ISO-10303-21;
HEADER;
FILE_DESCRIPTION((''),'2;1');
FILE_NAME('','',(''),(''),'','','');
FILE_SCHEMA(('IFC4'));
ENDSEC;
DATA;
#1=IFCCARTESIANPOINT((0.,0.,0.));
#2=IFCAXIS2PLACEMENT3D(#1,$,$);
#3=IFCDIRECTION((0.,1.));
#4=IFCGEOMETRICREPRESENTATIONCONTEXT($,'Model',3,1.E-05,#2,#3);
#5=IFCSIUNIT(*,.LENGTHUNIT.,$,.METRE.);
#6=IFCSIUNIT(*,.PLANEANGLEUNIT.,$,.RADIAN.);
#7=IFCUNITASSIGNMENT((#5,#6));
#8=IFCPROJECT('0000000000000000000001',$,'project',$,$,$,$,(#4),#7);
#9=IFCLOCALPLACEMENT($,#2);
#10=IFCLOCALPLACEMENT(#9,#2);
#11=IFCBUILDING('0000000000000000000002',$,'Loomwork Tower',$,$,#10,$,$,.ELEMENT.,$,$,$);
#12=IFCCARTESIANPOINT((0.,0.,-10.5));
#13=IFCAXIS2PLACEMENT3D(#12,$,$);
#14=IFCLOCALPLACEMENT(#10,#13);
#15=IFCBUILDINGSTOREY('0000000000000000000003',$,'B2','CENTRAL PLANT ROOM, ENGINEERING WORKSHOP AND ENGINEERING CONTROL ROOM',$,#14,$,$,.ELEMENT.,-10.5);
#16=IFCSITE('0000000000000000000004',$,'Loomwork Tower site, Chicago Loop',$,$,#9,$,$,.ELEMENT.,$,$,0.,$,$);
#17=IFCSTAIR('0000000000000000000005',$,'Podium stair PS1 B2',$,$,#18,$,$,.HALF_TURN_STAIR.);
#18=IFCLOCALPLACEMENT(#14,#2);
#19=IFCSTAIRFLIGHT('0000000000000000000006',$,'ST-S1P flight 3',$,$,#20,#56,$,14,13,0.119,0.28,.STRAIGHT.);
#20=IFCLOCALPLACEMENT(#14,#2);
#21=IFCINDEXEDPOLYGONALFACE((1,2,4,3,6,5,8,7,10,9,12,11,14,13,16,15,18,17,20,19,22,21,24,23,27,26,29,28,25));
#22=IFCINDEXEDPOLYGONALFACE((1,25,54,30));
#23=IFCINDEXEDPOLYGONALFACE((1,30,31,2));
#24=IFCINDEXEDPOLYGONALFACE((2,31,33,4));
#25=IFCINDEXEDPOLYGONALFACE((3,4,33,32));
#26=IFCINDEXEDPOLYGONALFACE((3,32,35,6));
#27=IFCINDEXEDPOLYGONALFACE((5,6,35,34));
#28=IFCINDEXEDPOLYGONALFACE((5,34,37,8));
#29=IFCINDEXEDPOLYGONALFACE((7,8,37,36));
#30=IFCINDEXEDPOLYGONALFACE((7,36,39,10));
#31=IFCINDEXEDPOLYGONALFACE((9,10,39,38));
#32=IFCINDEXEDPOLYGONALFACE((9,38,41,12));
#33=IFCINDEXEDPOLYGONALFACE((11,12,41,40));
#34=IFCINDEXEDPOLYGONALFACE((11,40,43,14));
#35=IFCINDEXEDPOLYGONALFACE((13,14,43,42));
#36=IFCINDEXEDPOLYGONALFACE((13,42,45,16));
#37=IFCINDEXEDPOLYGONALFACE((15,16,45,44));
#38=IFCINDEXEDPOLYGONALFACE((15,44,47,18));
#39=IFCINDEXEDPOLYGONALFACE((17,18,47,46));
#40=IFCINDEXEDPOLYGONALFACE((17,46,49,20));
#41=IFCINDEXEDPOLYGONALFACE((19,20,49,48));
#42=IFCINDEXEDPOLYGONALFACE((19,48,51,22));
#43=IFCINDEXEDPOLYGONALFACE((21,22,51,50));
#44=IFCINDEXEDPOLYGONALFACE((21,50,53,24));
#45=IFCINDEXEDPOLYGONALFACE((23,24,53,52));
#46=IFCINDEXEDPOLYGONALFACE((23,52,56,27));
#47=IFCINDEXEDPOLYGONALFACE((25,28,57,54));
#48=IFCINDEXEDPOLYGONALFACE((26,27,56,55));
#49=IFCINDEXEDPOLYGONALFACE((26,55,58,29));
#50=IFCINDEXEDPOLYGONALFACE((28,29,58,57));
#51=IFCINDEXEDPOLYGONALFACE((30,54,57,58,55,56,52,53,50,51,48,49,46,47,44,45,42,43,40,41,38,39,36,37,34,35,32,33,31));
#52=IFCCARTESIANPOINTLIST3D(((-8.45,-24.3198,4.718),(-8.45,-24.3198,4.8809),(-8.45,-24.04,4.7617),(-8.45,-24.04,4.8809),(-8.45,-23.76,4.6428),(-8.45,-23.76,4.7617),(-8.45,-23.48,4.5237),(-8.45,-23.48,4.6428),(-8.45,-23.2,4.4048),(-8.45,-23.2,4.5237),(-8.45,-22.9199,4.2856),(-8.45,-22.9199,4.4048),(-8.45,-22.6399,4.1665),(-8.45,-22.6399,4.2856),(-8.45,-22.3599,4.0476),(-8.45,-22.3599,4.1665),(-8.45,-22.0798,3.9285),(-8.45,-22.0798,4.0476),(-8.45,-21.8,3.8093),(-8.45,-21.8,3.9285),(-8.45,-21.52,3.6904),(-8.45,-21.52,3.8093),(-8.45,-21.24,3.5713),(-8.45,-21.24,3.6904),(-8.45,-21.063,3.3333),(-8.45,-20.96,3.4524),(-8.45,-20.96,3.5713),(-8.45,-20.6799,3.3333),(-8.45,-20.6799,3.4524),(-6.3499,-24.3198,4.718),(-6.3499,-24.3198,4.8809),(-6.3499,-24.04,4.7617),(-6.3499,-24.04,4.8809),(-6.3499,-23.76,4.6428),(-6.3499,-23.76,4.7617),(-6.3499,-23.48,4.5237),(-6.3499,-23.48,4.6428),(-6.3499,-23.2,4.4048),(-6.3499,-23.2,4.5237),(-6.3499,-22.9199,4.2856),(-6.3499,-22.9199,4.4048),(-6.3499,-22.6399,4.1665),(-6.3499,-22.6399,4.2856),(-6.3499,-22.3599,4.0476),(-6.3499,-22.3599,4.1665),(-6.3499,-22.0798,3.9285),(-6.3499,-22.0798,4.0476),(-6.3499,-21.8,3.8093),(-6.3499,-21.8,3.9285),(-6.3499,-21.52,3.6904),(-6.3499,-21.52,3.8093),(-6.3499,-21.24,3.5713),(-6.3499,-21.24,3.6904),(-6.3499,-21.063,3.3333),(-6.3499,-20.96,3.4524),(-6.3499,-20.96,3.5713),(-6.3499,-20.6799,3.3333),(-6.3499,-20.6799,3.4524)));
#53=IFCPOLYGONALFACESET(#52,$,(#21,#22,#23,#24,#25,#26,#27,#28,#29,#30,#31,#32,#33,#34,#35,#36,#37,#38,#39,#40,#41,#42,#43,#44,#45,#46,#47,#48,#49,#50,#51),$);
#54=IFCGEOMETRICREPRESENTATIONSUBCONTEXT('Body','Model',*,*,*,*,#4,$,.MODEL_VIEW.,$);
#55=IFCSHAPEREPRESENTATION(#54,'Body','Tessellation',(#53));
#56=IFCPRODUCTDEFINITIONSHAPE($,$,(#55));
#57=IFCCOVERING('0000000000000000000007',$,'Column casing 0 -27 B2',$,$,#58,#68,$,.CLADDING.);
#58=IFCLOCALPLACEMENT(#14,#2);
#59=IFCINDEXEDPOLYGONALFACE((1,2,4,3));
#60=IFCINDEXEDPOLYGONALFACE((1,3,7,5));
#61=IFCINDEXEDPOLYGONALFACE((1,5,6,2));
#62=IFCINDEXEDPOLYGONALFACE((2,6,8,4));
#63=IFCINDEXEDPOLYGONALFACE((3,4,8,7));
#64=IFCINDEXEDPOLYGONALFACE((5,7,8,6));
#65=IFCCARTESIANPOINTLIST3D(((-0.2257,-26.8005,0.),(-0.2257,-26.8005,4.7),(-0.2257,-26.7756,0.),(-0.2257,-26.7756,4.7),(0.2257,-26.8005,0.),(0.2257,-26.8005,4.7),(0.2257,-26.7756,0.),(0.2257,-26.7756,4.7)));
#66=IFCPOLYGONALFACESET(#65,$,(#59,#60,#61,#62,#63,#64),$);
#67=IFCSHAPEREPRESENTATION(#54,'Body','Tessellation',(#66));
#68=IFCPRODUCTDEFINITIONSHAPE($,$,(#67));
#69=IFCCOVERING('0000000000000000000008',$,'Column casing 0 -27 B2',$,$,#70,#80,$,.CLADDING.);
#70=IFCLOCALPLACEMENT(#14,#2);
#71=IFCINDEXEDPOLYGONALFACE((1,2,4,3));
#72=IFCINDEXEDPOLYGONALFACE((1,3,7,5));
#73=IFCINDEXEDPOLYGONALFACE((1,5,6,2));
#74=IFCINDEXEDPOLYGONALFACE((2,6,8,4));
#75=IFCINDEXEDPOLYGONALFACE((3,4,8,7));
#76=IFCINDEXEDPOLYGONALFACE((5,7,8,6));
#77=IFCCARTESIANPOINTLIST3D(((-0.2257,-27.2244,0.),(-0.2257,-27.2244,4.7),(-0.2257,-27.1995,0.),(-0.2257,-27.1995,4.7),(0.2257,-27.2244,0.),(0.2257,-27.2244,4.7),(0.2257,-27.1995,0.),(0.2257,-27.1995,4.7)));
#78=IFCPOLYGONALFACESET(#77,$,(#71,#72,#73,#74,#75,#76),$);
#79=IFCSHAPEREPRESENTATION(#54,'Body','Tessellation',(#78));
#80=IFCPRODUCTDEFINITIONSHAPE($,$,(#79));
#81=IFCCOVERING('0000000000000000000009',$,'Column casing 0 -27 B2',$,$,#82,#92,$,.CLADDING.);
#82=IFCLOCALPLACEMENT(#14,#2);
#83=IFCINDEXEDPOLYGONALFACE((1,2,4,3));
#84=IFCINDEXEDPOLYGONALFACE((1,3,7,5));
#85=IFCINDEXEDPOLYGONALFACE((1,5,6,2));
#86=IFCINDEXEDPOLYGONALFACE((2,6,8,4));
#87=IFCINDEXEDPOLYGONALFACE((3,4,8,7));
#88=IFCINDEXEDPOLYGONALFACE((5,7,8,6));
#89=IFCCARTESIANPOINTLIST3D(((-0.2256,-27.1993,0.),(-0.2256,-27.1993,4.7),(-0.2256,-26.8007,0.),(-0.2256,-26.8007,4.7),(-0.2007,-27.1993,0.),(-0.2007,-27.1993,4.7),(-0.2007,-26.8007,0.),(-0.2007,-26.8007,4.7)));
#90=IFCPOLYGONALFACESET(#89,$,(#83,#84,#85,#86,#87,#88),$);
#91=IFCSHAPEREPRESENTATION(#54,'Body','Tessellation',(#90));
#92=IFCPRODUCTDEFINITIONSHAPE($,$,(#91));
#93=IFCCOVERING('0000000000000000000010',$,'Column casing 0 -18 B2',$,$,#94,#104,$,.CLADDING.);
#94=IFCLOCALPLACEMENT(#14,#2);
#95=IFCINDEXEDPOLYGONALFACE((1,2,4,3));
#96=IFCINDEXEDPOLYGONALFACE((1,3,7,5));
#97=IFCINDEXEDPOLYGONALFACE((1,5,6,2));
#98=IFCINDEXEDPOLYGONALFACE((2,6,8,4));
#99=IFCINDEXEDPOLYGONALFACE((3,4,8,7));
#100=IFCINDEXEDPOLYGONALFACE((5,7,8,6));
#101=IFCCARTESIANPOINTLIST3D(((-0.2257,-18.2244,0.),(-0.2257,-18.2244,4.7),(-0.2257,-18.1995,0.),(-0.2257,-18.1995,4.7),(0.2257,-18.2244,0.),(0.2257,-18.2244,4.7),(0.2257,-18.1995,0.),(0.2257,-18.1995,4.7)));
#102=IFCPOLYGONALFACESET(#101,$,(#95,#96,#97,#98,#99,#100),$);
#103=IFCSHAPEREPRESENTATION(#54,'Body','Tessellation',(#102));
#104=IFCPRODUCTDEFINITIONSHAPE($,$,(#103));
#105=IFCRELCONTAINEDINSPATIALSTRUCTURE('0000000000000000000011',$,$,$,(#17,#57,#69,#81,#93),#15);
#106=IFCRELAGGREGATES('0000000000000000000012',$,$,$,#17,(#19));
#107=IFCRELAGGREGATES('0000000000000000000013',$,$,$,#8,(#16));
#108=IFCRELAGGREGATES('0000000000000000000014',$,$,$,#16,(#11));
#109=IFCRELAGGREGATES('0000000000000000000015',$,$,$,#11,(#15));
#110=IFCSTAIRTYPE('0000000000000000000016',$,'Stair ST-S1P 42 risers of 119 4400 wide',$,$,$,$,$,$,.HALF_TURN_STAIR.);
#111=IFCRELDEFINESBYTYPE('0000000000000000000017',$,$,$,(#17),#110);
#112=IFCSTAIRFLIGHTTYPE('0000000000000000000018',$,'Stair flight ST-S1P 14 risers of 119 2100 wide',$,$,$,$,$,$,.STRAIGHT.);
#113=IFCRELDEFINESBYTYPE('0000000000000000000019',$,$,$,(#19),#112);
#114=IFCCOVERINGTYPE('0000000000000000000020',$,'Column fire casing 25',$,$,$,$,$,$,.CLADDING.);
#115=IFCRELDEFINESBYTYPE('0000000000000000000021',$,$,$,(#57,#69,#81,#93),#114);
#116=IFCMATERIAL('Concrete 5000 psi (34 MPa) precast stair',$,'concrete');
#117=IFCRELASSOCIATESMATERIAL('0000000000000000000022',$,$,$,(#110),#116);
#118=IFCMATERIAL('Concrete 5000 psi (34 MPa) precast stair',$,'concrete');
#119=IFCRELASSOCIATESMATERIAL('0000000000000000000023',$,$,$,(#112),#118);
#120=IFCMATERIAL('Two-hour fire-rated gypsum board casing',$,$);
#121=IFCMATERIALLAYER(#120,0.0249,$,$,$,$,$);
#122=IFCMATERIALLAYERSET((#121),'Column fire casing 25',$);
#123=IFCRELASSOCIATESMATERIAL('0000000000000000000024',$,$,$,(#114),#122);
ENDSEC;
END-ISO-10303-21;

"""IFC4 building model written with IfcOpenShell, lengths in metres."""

from ifc_helpers import new_model, si_unit, direction, frame, origin, origin_2d, place, context, subcontext, project, spatial, polyline, rectangle, outline, extrude, material, layer, layer_set, type_object, element, aggregate, save


model = new_model("IFC4")

# Units and contexts
model_context = context("Model", 3, precision=1e-05, world=origin(), true_north=direction((0.0, 1.0)))
body_context = subcontext(model_context, "Body", "Model", "MODEL_VIEW")
ifc_project = project(units=[si_unit("LENGTHUNIT", "METRE"), si_unit("PLANEANGLEUNIT", "RADIAN")], contexts=[model_context])

# Site, building, storey
site_placement = place(None, origin())
site = spatial("IfcSite", under=ifc_project, at=site_placement, Name="Loomwork Tower site, Chicago Loop", CompositionType="ELEMENT", RefElevation=0.0)
building_placement = place(site_placement, origin())
building = spatial("IfcBuilding", under=site, at=building_placement, Name="Loomwork Tower", CompositionType="ELEMENT")
storey_placement = place(building_placement, frame((0.0, 0.0, -10.5)))
storey = spatial("IfcBuildingStorey", under=building, at=storey_placement, Name="B2", Description="CENTRAL PLANT ROOM, ENGINEERING WORKSHOP AND ENGINEERING CONTROL ROOM", CompositionType="ELEMENT", Elevation=-10.5)

# Stair, stair flight
ifc_material_1 = material(Name="Concrete 5000 psi (34 MPa) precast stair", Category="concrete")
stair_type = type_object("IfcStairType", Name="Stair ST-S1P 42 risers of 119 4400 wide", PredefinedType="HALF_TURN_STAIR", material=ifc_material_1)
stair_placement = place(storey_placement, origin())
stair = element("IfcStair", 1, at=stair_placement, inside=storey, type_object=stair_type, Name="Podium stair PS1 B2", PredefinedType="HALF_TURN_STAIR")
ifc_material_2 = material(Name="Concrete 5000 psi (34 MPa) precast stair", Category="concrete")
stair_flight_type = type_object("IfcStairFlightType", Name="Stair flight ST-S1P 14 risers of 119 2100 wide", PredefinedType="STRAIGHT", material=ifc_material_2)
stair_flight_1_placement = place(storey_placement, frame((-7.3999, -20.6799, 3.3333), z_axis=(0.0, 0.0, 1.0), x_axis=(0.0, -1.0, 0.0)))
stair_flight_1 = element("IfcStairFlight", 2, at=stair_flight_1_placement, type_object=stair_flight_type, Name="ST-S1P flight 3", NumberOfRisers=14, NumberOfTreads=13, PredefinedType="STRAIGHT", RiserHeight=0.119, TreadLength=0.28, context=body_context, shape_type="SweptSolid", body=[
    extrude(outline(polyline([(0.0, 0.0), (0.0, 0.1191), (0.28, 0.1191), (0.28, 0.238), (0.5601, 0.238), (0.5601, 0.3572), (0.8401, 0.3572), (0.8401, 0.4761), (1.1201, 0.4761), (1.1201, 0.5952), (1.3999, 0.5952), (1.3999, 0.7144), (1.6799, 0.7144), (1.6799, 0.8333), (1.96, 0.8333), (1.96, 0.9524), (2.24, 0.9524), (2.24, 1.0715), (2.52, 1.0715), (2.52, 1.1904), (2.8, 1.1904), (2.8, 1.3096), (3.0801, 1.3096), (3.0801, 1.4285), (3.3601, 1.4285), (3.3601, 1.5476), (3.6399, 1.5476), (3.6399, 1.6667), (3.6399, 1.3848), (0.3831, 0.0), (0.0, 0.0)])), frame((0.0, 1.05, 0.0), z_axis=(0.0, -1.0, 0.0), x_axis=(1.0, 0.0, 0.0)), (0.0, 0.0, 1.0), 2.1001),
])
aggregate(stair, [stair_flight_1])

# Coverings
ifc_material_3 = material(Name="Two-hour fire-rated gypsum board casing")
ifc_layer_1 = layer(ifc_material_3, 0.0249)
ifc_layer_set_1 = layer_set([ifc_layer_1], Name="Column fire casing 25")
covering_type = type_object("IfcCoveringType", Name="Column fire casing 25", PredefinedType="CLADDING", material=ifc_layer_set_1)
for number, where, z_axis, x_axis, name in (
    (3, (0.0, -26.7881, 0.0), (0.0, 0.0, 1.0), (1.0, 0.0, 0.0), "Column casing 0 -27 B2"),
    (4, (0.0, -27.2119, 0.0), (0.0, 0.0, 1.0), (1.0, 0.0, 0.0), "Column casing 0 -27 B2"),
):
    element("IfcCovering", number, at=place(storey_placement, frame(where, z_axis=z_axis, x_axis=x_axis)), inside=storey, type_object=covering_type, Name=name, PredefinedType="CLADDING", context=body_context, shape_type="SweptSolid", body=[
        extrude(rectangle(XDim=0.4514, YDim=0.0249, at=origin_2d()), origin(), (0.0, 0.0, 1.0), 4.7),
    ])
covering_1_placement = place(storey_placement, frame((-0.2131, -27.0, 0.0), z_axis=(0.0, 0.0, 1.0), x_axis=(1.0, 0.0, 0.0)))
element("IfcCovering", 5, at=covering_1_placement, inside=storey, type_object=covering_type, Name="Column casing 0 -27 B2", PredefinedType="CLADDING", context=body_context, shape_type="SweptSolid", body=[
    extrude(rectangle(XDim=0.0249, YDim=0.3987, at=origin_2d()), origin(), (0.0, 0.0, 1.0), 4.7),
])
covering_2_placement = place(storey_placement, frame((0.0, -18.2119, 0.0), z_axis=(0.0, 0.0, 1.0), x_axis=(1.0, 0.0, 0.0)))
element("IfcCovering", 6, at=covering_2_placement, inside=storey, type_object=covering_type, Name="Column casing 0 -18 B2", PredefinedType="CLADDING", context=body_context, shape_type="SweptSolid", body=[
    extrude(rectangle(XDim=0.4514, YDim=0.0249, at=origin_2d()), origin(), (0.0, 0.0, 1.0), 4.7),
])

save(model, "model.ifc")
